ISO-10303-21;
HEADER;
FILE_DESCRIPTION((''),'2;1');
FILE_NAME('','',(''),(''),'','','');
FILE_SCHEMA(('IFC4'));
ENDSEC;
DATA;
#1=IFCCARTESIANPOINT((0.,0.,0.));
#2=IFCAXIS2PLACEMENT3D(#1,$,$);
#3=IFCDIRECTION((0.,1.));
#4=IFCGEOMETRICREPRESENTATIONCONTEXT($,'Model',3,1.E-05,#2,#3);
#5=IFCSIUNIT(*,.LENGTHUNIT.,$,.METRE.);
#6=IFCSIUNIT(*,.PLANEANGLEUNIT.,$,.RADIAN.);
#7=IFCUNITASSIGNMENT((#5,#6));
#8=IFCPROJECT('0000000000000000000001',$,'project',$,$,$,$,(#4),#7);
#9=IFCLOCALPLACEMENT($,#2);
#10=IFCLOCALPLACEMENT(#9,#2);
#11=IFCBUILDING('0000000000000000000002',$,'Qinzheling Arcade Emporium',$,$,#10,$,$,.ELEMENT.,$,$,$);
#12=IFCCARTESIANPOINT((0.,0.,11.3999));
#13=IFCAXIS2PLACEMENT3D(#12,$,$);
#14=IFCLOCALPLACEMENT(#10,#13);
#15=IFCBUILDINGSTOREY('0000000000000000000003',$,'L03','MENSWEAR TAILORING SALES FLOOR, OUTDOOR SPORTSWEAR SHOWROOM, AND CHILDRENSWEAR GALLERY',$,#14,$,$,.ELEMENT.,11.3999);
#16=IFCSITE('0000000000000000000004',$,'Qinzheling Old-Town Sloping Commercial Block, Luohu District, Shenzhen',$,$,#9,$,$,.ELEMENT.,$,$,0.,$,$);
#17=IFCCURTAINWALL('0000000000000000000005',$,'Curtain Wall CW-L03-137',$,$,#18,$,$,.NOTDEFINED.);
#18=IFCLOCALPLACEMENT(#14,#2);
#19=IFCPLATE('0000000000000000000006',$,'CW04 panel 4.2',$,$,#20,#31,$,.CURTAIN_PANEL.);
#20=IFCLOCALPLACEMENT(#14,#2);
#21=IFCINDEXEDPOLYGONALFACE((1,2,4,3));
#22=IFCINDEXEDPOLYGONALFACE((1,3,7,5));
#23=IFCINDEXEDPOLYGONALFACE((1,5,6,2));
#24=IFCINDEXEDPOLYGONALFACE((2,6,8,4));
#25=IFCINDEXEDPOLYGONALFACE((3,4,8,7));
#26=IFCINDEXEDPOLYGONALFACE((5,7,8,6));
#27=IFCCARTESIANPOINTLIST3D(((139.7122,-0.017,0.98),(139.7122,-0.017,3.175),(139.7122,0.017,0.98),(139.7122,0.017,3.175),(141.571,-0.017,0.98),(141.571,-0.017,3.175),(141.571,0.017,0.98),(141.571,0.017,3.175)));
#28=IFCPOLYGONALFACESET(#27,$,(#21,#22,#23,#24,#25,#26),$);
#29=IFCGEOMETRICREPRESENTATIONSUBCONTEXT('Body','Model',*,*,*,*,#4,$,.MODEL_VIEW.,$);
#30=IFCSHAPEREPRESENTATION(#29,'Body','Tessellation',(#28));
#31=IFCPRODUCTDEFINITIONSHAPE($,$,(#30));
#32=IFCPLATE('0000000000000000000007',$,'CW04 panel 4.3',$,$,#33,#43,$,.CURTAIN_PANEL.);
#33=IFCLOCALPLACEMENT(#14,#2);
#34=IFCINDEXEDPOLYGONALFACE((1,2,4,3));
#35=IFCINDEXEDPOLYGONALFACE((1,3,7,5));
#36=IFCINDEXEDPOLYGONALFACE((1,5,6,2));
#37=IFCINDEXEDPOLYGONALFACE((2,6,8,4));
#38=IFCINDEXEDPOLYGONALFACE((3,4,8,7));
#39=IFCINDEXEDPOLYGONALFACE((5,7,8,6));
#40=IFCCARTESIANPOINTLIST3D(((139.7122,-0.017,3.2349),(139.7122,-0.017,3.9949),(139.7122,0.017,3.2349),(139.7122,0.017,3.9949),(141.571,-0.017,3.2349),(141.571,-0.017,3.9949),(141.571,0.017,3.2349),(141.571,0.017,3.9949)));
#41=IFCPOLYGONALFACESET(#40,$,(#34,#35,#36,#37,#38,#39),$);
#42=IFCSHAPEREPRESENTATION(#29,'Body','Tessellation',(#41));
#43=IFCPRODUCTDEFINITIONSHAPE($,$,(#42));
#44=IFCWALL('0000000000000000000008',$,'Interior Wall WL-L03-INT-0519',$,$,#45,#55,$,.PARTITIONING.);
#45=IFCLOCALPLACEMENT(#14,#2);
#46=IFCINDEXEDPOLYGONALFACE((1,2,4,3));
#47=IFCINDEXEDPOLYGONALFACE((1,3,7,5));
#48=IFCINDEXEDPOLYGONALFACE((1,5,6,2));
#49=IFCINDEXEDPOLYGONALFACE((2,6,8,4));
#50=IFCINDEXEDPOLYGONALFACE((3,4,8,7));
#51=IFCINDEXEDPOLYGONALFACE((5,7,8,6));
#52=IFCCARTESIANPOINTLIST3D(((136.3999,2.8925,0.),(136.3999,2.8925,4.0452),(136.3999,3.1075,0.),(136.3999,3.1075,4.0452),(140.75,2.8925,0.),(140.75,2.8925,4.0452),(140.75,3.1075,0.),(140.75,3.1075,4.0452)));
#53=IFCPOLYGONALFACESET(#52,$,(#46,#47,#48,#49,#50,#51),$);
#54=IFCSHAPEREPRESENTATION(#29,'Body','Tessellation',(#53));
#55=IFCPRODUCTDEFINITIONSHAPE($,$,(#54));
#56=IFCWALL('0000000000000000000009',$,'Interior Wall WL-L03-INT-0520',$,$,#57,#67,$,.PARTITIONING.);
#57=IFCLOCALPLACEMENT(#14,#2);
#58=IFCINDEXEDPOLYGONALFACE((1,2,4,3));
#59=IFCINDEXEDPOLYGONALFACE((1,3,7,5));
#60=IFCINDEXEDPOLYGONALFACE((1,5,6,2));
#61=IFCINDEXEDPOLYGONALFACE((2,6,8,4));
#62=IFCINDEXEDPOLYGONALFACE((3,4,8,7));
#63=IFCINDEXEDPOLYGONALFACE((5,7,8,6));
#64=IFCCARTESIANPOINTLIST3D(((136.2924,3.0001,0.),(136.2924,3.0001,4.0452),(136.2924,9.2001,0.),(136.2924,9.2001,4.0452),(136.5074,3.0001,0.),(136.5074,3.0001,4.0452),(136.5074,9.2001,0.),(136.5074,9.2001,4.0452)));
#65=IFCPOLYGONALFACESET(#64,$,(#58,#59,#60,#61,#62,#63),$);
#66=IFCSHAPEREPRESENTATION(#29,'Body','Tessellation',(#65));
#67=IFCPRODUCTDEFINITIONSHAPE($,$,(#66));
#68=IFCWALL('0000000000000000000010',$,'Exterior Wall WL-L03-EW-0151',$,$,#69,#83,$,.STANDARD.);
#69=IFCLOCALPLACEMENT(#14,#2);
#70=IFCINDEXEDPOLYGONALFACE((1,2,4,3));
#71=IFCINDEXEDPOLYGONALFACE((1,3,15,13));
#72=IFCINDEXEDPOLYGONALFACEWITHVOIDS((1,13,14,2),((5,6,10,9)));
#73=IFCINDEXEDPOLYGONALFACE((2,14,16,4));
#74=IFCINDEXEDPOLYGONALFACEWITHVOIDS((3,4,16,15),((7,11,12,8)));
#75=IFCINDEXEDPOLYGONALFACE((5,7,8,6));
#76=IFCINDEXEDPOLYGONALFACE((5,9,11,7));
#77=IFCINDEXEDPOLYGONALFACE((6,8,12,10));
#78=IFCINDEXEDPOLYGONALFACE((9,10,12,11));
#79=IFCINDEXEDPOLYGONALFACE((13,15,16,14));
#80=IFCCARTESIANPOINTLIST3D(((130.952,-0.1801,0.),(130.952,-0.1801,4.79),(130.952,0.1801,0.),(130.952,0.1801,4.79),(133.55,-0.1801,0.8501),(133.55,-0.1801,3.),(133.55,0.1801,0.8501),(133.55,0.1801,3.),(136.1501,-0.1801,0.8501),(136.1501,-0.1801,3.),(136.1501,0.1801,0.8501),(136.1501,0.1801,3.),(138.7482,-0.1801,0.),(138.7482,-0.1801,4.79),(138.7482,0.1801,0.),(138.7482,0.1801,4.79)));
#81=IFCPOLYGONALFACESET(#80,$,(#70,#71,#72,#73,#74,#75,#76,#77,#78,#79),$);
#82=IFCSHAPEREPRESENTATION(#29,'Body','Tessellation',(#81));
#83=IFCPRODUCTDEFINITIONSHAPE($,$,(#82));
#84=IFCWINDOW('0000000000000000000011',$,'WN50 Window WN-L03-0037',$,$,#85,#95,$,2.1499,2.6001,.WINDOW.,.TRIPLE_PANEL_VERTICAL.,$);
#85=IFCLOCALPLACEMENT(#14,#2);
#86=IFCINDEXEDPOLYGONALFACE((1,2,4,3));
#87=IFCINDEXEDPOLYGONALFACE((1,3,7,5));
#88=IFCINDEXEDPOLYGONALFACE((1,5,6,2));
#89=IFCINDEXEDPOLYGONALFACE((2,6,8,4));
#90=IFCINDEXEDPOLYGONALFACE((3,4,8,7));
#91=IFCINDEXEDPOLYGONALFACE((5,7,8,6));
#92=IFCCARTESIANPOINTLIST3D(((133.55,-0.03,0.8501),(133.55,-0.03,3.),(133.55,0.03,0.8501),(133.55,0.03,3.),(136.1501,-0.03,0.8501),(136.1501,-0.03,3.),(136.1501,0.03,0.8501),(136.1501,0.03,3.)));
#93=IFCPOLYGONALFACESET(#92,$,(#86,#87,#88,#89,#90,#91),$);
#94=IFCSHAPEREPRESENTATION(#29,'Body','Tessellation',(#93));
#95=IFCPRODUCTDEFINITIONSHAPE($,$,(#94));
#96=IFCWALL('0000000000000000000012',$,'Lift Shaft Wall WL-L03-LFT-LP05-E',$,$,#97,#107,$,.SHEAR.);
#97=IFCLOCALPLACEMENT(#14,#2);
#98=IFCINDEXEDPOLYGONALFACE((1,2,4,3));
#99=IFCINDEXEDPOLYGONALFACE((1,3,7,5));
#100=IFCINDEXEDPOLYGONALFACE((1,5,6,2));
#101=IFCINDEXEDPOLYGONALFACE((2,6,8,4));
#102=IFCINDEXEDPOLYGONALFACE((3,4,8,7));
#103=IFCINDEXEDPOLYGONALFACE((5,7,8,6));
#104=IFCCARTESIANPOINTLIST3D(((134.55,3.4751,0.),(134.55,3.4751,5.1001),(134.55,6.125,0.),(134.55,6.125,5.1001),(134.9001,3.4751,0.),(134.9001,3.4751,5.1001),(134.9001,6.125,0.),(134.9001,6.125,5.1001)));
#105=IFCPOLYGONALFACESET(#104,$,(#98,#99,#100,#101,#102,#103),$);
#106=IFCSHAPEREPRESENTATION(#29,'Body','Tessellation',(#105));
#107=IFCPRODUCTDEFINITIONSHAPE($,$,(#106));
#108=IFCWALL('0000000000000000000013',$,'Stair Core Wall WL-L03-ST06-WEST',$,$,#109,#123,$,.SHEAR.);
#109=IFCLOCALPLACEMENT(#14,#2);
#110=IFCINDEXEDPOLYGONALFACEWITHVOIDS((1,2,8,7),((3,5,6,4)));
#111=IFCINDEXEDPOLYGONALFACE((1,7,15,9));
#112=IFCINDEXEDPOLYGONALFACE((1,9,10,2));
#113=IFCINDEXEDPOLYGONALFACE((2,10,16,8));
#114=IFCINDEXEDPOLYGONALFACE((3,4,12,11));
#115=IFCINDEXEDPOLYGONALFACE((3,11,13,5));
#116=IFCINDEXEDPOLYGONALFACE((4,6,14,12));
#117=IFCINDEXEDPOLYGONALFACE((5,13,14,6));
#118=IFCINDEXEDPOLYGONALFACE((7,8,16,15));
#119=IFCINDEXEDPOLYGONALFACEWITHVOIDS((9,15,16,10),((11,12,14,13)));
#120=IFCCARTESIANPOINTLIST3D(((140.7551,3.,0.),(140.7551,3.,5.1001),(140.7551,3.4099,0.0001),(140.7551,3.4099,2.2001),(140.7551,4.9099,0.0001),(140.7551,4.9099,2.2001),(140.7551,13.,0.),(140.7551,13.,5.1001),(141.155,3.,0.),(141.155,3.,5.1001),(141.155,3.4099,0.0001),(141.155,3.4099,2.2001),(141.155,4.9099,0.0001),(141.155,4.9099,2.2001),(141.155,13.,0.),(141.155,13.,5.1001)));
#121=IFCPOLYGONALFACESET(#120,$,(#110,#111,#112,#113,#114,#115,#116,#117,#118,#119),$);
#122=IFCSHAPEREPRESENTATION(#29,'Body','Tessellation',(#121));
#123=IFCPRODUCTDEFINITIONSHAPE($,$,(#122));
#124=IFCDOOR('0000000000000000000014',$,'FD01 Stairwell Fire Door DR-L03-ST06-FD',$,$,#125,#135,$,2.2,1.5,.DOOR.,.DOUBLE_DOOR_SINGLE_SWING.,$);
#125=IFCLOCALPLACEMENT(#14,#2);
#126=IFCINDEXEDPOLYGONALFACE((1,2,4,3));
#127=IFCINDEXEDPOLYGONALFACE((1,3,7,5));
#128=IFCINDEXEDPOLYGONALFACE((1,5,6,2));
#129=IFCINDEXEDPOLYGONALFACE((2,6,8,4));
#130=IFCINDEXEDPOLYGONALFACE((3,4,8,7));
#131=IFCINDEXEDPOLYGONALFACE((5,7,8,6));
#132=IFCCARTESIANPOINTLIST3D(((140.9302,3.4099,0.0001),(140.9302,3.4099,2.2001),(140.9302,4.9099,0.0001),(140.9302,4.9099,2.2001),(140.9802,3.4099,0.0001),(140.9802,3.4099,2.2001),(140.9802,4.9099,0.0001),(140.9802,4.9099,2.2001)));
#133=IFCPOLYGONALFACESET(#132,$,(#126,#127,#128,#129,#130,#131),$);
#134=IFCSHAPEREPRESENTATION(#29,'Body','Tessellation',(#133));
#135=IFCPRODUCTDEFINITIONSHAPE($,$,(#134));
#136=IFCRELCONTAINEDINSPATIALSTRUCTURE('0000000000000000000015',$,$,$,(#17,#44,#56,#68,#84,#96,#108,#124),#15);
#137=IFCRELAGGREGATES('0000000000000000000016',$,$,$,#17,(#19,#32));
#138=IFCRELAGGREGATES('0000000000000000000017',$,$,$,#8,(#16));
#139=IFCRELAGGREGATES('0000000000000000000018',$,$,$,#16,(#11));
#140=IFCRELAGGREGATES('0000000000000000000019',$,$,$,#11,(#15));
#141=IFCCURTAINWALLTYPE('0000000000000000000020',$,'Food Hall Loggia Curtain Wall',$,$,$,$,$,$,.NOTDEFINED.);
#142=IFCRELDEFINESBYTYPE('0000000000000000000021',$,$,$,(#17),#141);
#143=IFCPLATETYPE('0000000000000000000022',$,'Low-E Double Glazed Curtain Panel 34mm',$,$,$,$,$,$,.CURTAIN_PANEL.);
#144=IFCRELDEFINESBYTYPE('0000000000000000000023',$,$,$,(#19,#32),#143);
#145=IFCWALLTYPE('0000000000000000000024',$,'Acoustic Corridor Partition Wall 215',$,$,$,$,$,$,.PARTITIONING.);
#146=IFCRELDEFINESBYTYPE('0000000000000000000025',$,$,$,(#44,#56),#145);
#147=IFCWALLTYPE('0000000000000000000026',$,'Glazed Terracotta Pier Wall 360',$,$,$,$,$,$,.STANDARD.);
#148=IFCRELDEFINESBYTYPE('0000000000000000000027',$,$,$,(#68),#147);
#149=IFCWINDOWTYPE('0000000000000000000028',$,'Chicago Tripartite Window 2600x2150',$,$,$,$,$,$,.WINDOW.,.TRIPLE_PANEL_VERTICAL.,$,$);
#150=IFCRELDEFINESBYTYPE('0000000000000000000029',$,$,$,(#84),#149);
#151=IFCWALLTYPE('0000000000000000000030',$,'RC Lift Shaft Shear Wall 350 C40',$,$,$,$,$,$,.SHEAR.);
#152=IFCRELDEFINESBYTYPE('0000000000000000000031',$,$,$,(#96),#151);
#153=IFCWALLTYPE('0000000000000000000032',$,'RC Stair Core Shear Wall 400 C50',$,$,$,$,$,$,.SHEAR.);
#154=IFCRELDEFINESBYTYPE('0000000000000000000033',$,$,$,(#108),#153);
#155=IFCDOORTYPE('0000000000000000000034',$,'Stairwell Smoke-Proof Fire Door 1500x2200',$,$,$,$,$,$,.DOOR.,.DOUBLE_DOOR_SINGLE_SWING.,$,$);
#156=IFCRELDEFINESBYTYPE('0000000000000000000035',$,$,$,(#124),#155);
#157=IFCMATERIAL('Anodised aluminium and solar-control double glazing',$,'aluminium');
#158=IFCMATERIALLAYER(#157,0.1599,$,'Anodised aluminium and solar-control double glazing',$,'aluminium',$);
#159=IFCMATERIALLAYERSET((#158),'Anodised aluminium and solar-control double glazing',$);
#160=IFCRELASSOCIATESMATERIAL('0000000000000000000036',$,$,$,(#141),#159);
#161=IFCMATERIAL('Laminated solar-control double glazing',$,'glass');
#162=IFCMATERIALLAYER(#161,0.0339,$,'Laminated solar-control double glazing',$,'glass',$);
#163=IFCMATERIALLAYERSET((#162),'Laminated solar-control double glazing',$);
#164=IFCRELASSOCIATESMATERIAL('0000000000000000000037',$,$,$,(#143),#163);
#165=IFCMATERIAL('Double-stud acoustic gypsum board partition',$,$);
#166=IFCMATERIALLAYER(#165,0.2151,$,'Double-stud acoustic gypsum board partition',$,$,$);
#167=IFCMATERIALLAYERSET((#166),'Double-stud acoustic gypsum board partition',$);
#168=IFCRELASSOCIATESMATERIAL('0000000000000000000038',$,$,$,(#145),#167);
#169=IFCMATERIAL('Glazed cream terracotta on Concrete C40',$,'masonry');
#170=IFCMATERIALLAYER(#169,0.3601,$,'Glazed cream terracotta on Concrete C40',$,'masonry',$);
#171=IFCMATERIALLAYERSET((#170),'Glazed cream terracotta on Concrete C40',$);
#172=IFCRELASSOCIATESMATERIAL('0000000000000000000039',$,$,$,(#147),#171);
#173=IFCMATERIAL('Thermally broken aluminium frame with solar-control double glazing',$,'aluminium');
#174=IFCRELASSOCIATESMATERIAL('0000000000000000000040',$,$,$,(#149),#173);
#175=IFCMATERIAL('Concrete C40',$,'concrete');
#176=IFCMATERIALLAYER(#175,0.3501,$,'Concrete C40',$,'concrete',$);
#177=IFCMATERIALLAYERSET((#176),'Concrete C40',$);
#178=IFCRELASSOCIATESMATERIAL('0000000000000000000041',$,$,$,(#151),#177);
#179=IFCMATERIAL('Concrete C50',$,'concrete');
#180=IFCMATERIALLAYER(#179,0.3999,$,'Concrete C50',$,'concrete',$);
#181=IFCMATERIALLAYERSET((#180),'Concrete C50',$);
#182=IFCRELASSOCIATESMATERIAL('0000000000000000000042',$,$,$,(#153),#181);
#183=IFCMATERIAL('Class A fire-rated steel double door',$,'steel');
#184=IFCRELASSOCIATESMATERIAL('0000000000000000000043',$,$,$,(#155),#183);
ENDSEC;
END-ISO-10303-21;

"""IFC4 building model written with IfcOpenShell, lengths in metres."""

from ifc_helpers import new_model, si_unit, direction, frame, frame_2d, origin, origin_2d, place, context, subcontext, project, spatial, rectangle, extrude, material, layer, layer_set, type_object, element, fill, aggregate, save


model = new_model("IFC4")

# Units and contexts
model_context = context("Model", 3, precision=1e-05, world=origin(), true_north=direction((0.0, 1.0)))
body_context = subcontext(model_context, "Body", "Model", "MODEL_VIEW")
ifc_project = project(units=[si_unit("LENGTHUNIT", "METRE"), si_unit("PLANEANGLEUNIT", "RADIAN")], contexts=[model_context])

# Site, building, storey
site_placement = place(None, origin())
site = spatial("IfcSite", under=ifc_project, at=site_placement, Name="Qinzheling Old-Town Sloping Commercial Block, Luohu District, Shenzhen", CompositionType="ELEMENT", RefElevation=0.0)
building_placement = place(site_placement, origin())
building = spatial("IfcBuilding", under=site, at=building_placement, Name="Qinzheling Arcade Emporium", CompositionType="ELEMENT")
storey_placement = place(building_placement, frame((0.0, 0.0, 11.3999)))
storey = spatial("IfcBuildingStorey", under=building, at=storey_placement, Name="L03", Description="MENSWEAR TAILORING SALES FLOOR, OUTDOOR SPORTSWEAR SHOWROOM, AND CHILDRENSWEAR GALLERY", CompositionType="ELEMENT", Elevation=11.3999)

# Shared definitions
ifc_material_1 = material(Name="Concrete C50", Category="concrete")

# Curtain wall
ifc_material_2 = material(Name="Anodised aluminium and solar-control double glazing", Category="aluminium")
ifc_layer_1 = layer(ifc_material_2, 0.1599, Name="Anodised aluminium and solar-control double glazing", Category="aluminium")
ifc_layer_set_1 = layer_set([ifc_layer_1], Name="Anodised aluminium and solar-control double glazing")
curtain_wall_type = type_object("IfcCurtainWallType", Name="Food Hall Loggia Curtain Wall", PredefinedType="NOTDEFINED", material=ifc_layer_set_1)
curtain_wall_placement = place(storey_placement, origin())
curtain_wall = element("IfcCurtainWall", 1, at=curtain_wall_placement, inside=storey, type_object=curtain_wall_type, Name="Curtain Wall CW-L03-137", PredefinedType="NOTDEFINED")

# Shared definitions
ifc_material_3 = material(Name="Concrete C40", Category="concrete")

# Plates
ifc_material_4 = material(Name="Laminated solar-control double glazing", Category="glass")
ifc_layer_2 = layer(ifc_material_4, 0.0339, Name="Laminated solar-control double glazing", Category="glass")
ifc_layer_set_2 = layer_set([ifc_layer_2], Name="Laminated solar-control double glazing")
plate_type = type_object("IfcPlateType", Name="Low-E Double Glazed Curtain Panel 34mm", PredefinedType="CURTAIN_PANEL", material=ifc_layer_set_2)
plate_1_placement = place(storey_placement, frame((140.6416, 0.0, 0.98), z_axis=(0.0, 0.0, 1.0), x_axis=(-1.0, 0.0, 0.0)))
plate_1 = element("IfcPlate", 2, at=plate_1_placement, type_object=plate_type, Name="CW04 panel 4.2", PredefinedType="CURTAIN_PANEL", context=body_context, shape_type="SweptSolid", body=[
    extrude(rectangle(XDim=1.8589, YDim=0.0339, at=origin_2d()), origin(), (0.0, 0.0, 1.0), 2.1951),
])
plate_2_placement = place(storey_placement, frame((140.6416, 0.0, 3.2349), z_axis=(0.0, 0.0, 1.0), x_axis=(-1.0, 0.0, 0.0)))
plate_2 = element("IfcPlate", 3, at=plate_2_placement, type_object=plate_type, Name="CW04 panel 4.3", PredefinedType="CURTAIN_PANEL", context=body_context, shape_type="SweptSolid", body=[
    extrude(rectangle(XDim=1.8589, YDim=0.0339, at=origin_2d()), origin(), (0.0, 0.0, 1.0), 0.76),
])
aggregate(curtain_wall, [plate_1, plate_2])

# Walls
ifc_material_5 = material(Name="Double-stud acoustic gypsum board partition")
ifc_layer_3 = layer(ifc_material_5, 0.2151, Name="Double-stud acoustic gypsum board partition")
ifc_layer_set_3 = layer_set([ifc_layer_3], Name="Double-stud acoustic gypsum board partition")
wall_type_1 = type_object("IfcWallType", Name="Acoustic Corridor Partition Wall 215", PredefinedType="PARTITIONING", material=ifc_layer_set_3)
wall_1_placement = place(storey_placement, frame((140.75, 3.0, 0.0), z_axis=(0.0, 0.0, 1.0), x_axis=(-1.0, 0.0, 0.0)))
element("IfcWall", 4, at=wall_1_placement, inside=storey, type_object=wall_type_1, Name="Interior Wall WL-L03-INT-0519", PredefinedType="PARTITIONING", context=body_context, shape_type="SweptSolid", body=[
    extrude(rectangle(XDim=4.3501, YDim=0.2151, at=frame_2d((2.175, 0.0))), origin(), (0.0, 0.0, 1.0), 4.0452),
])
wall_2_placement = place(storey_placement, frame((136.3999, 3.0, 0.0), z_axis=(0.0, 0.0, 1.0), x_axis=(0.0, 1.0, 0.0)))
element("IfcWall", 5, at=wall_2_placement, inside=storey, type_object=wall_type_1, Name="Interior Wall WL-L03-INT-0520", PredefinedType="PARTITIONING", context=body_context, shape_type="SweptSolid", body=[
    extrude(rectangle(XDim=6.2, YDim=0.2151, at=frame_2d((3.1001, 0.0))), origin(), (0.0, 0.0, 1.0), 4.0452),
])

# Wall, opening, window
ifc_material_6 = material(Name="Glazed cream terracotta on Concrete C40", Category="masonry")
ifc_layer_4 = layer(ifc_material_6, 0.3601, Name="Glazed cream terracotta on Concrete C40", Category="masonry")
ifc_layer_set_4 = layer_set([ifc_layer_4], Name="Glazed cream terracotta on Concrete C40")
wall_type_2 = type_object("IfcWallType", Name="Glazed Terracotta Pier Wall 360", PredefinedType="STANDARD", material=ifc_layer_set_4)
wall_3_placement = place(storey_placement, frame((138.748, 0.0, 0.0), z_axis=(0.0, 0.0, 1.0), x_axis=(-1.0, 0.0, 0.0)))
wall_3 = element("IfcWall", 6, at=wall_3_placement, inside=storey, type_object=wall_type_2, Name="Exterior Wall WL-L03-EW-0151", PredefinedType="STANDARD", context=body_context, shape_type="SweptSolid", body=[
    extrude(rectangle(XDim=7.7961, YDim=0.3601, at=frame_2d((3.8979, 0.0))), origin(), (0.0, 0.0, 1.0), 4.79),
])
opening_1_placement = place(wall_3_placement, frame((2.5979, 0.0, 0.8501)))
opening_1 = element("IfcOpeningElement", 7, at=opening_1_placement, cuts=wall_3, PredefinedType="OPENING", context=body_context, shape_type="SweptSolid", body=[
    extrude(rectangle(XDim=2.6001, YDim=2.1499, at=frame_2d((1.3, 1.075))), frame((0.0, 0.1899, 0.0), z_axis=(0.0, -1.0, 0.0), x_axis=(1.0, 0.0, 0.0)), (0.0, 0.0, 1.0), 0.3801),
])
ifc_material_7 = material(Name="Thermally broken aluminium frame with solar-control double glazing", Category="aluminium")
window_type = type_object("IfcWindowType", Name="Chicago Tripartite Window 2600x2150", PartitioningType="TRIPLE_PANEL_VERTICAL", PredefinedType="WINDOW", material=ifc_material_7)
window_placement = place(opening_1_placement, origin())
window = element("IfcWindow", 8, at=window_placement, inside=storey, type_object=window_type, Name="WN50 Window WN-L03-0037", OverallHeight=2.1499, OverallWidth=2.6001, PartitioningType="TRIPLE_PANEL_VERTICAL", PredefinedType="WINDOW", context=body_context, shape_type="SweptSolid", body=[
    extrude(rectangle(XDim=2.6001, YDim=2.1499, at=frame_2d((1.3, 1.075))), frame((0.0, 0.03, 0.0), z_axis=(0.0, -1.0, 0.0), x_axis=(1.0, 0.0, 0.0)), (0.0, 0.0, 1.0), 0.0601),
])
fill(opening_1, window)

# Wall
ifc_layer_5 = layer(ifc_material_3, 0.3501, Name="Concrete C40", Category="concrete")
ifc_layer_set_5 = layer_set([ifc_layer_5], Name="Concrete C40")
wall_type_3 = type_object("IfcWallType", Name="RC Lift Shaft Shear Wall 350 C40", PredefinedType="SHEAR", material=ifc_layer_set_5)
wall_4_placement = place(storey_placement, frame((134.7251, 6.125, 0.0), z_axis=(0.0, 0.0, 1.0), x_axis=(0.0, -1.0, 0.0)))
element("IfcWall", 9, at=wall_4_placement, inside=storey, type_object=wall_type_3, Name="Lift Shaft Wall WL-L03-LFT-LP05-E", PredefinedType="SHEAR", context=body_context, shape_type="SweptSolid", body=[
    extrude(rectangle(XDim=2.6499, YDim=0.3501, at=frame_2d((1.325, 0.0))), origin(), (0.0, 0.0, 1.0), 5.1001),
])

# Wall, opening, door
ifc_layer_6 = layer(ifc_material_1, 0.3999, Name="Concrete C50", Category="concrete")
ifc_layer_set_6 = layer_set([ifc_layer_6], Name="Concrete C50")
wall_type_4 = type_object("IfcWallType", Name="RC Stair Core Shear Wall 400 C50", PredefinedType="SHEAR", material=ifc_layer_set_6)
wall_5_placement = place(storey_placement, frame((140.9551, 3.0, 0.0), z_axis=(0.0, 0.0, 1.0), x_axis=(0.0, 1.0, 0.0)))
wall_5 = element("IfcWall", 10, at=wall_5_placement, inside=storey, type_object=wall_type_4, Name="Stair Core Wall WL-L03-ST06-WEST", PredefinedType="SHEAR", context=body_context, shape_type="SweptSolid", body=[
    extrude(rectangle(XDim=10.0, YDim=0.3999, at=frame_2d((5.0, 0.0))), origin(), (0.0, 0.0, 1.0), 5.1001),
])
opening_2_placement = place(wall_5_placement, frame((0.4099, 0.0, 0.0)))
opening_2 = element("IfcOpeningElement", 11, at=opening_2_placement, cuts=wall_5, PredefinedType="OPENING", context=body_context, shape_type="SweptSolid", body=[
    extrude(rectangle(XDim=1.5, YDim=2.2, at=frame_2d((0.75, 1.1001))), frame((0.0, 0.21, 0.0), z_axis=(0.0, -1.0, 0.0), x_axis=(1.0, 0.0, 0.0)), (0.0, 0.0, 1.0), 0.4199),
])
ifc_material_8 = material(Name="Class A fire-rated steel double door", Category="steel")
door_type = type_object("IfcDoorType", Name="Stairwell Smoke-Proof Fire Door 1500x2200", OperationType="DOUBLE_DOOR_SINGLE_SWING", PredefinedType="DOOR", material=ifc_material_8)
door_placement = place(opening_2_placement, origin())
door = element("IfcDoor", 12, at=door_placement, inside=storey, type_object=door_type, Name="FD01 Stairwell Fire Door DR-L03-ST06-FD", OperationType="DOUBLE_DOOR_SINGLE_SWING", OverallHeight=2.2, OverallWidth=1.5, PredefinedType="DOOR", context=body_context, shape_type="SweptSolid", body=[
    extrude(rectangle(XDim=1.5, YDim=2.2, at=frame_2d((0.75, 1.1001))), frame((0.0, 0.0249, 0.0), z_axis=(0.0, -1.0, 0.0), x_axis=(1.0, 0.0, 0.0)), (0.0, 0.0, 1.0), 0.05),
])
fill(opening_2, door)

save(model, "model.ifc")
